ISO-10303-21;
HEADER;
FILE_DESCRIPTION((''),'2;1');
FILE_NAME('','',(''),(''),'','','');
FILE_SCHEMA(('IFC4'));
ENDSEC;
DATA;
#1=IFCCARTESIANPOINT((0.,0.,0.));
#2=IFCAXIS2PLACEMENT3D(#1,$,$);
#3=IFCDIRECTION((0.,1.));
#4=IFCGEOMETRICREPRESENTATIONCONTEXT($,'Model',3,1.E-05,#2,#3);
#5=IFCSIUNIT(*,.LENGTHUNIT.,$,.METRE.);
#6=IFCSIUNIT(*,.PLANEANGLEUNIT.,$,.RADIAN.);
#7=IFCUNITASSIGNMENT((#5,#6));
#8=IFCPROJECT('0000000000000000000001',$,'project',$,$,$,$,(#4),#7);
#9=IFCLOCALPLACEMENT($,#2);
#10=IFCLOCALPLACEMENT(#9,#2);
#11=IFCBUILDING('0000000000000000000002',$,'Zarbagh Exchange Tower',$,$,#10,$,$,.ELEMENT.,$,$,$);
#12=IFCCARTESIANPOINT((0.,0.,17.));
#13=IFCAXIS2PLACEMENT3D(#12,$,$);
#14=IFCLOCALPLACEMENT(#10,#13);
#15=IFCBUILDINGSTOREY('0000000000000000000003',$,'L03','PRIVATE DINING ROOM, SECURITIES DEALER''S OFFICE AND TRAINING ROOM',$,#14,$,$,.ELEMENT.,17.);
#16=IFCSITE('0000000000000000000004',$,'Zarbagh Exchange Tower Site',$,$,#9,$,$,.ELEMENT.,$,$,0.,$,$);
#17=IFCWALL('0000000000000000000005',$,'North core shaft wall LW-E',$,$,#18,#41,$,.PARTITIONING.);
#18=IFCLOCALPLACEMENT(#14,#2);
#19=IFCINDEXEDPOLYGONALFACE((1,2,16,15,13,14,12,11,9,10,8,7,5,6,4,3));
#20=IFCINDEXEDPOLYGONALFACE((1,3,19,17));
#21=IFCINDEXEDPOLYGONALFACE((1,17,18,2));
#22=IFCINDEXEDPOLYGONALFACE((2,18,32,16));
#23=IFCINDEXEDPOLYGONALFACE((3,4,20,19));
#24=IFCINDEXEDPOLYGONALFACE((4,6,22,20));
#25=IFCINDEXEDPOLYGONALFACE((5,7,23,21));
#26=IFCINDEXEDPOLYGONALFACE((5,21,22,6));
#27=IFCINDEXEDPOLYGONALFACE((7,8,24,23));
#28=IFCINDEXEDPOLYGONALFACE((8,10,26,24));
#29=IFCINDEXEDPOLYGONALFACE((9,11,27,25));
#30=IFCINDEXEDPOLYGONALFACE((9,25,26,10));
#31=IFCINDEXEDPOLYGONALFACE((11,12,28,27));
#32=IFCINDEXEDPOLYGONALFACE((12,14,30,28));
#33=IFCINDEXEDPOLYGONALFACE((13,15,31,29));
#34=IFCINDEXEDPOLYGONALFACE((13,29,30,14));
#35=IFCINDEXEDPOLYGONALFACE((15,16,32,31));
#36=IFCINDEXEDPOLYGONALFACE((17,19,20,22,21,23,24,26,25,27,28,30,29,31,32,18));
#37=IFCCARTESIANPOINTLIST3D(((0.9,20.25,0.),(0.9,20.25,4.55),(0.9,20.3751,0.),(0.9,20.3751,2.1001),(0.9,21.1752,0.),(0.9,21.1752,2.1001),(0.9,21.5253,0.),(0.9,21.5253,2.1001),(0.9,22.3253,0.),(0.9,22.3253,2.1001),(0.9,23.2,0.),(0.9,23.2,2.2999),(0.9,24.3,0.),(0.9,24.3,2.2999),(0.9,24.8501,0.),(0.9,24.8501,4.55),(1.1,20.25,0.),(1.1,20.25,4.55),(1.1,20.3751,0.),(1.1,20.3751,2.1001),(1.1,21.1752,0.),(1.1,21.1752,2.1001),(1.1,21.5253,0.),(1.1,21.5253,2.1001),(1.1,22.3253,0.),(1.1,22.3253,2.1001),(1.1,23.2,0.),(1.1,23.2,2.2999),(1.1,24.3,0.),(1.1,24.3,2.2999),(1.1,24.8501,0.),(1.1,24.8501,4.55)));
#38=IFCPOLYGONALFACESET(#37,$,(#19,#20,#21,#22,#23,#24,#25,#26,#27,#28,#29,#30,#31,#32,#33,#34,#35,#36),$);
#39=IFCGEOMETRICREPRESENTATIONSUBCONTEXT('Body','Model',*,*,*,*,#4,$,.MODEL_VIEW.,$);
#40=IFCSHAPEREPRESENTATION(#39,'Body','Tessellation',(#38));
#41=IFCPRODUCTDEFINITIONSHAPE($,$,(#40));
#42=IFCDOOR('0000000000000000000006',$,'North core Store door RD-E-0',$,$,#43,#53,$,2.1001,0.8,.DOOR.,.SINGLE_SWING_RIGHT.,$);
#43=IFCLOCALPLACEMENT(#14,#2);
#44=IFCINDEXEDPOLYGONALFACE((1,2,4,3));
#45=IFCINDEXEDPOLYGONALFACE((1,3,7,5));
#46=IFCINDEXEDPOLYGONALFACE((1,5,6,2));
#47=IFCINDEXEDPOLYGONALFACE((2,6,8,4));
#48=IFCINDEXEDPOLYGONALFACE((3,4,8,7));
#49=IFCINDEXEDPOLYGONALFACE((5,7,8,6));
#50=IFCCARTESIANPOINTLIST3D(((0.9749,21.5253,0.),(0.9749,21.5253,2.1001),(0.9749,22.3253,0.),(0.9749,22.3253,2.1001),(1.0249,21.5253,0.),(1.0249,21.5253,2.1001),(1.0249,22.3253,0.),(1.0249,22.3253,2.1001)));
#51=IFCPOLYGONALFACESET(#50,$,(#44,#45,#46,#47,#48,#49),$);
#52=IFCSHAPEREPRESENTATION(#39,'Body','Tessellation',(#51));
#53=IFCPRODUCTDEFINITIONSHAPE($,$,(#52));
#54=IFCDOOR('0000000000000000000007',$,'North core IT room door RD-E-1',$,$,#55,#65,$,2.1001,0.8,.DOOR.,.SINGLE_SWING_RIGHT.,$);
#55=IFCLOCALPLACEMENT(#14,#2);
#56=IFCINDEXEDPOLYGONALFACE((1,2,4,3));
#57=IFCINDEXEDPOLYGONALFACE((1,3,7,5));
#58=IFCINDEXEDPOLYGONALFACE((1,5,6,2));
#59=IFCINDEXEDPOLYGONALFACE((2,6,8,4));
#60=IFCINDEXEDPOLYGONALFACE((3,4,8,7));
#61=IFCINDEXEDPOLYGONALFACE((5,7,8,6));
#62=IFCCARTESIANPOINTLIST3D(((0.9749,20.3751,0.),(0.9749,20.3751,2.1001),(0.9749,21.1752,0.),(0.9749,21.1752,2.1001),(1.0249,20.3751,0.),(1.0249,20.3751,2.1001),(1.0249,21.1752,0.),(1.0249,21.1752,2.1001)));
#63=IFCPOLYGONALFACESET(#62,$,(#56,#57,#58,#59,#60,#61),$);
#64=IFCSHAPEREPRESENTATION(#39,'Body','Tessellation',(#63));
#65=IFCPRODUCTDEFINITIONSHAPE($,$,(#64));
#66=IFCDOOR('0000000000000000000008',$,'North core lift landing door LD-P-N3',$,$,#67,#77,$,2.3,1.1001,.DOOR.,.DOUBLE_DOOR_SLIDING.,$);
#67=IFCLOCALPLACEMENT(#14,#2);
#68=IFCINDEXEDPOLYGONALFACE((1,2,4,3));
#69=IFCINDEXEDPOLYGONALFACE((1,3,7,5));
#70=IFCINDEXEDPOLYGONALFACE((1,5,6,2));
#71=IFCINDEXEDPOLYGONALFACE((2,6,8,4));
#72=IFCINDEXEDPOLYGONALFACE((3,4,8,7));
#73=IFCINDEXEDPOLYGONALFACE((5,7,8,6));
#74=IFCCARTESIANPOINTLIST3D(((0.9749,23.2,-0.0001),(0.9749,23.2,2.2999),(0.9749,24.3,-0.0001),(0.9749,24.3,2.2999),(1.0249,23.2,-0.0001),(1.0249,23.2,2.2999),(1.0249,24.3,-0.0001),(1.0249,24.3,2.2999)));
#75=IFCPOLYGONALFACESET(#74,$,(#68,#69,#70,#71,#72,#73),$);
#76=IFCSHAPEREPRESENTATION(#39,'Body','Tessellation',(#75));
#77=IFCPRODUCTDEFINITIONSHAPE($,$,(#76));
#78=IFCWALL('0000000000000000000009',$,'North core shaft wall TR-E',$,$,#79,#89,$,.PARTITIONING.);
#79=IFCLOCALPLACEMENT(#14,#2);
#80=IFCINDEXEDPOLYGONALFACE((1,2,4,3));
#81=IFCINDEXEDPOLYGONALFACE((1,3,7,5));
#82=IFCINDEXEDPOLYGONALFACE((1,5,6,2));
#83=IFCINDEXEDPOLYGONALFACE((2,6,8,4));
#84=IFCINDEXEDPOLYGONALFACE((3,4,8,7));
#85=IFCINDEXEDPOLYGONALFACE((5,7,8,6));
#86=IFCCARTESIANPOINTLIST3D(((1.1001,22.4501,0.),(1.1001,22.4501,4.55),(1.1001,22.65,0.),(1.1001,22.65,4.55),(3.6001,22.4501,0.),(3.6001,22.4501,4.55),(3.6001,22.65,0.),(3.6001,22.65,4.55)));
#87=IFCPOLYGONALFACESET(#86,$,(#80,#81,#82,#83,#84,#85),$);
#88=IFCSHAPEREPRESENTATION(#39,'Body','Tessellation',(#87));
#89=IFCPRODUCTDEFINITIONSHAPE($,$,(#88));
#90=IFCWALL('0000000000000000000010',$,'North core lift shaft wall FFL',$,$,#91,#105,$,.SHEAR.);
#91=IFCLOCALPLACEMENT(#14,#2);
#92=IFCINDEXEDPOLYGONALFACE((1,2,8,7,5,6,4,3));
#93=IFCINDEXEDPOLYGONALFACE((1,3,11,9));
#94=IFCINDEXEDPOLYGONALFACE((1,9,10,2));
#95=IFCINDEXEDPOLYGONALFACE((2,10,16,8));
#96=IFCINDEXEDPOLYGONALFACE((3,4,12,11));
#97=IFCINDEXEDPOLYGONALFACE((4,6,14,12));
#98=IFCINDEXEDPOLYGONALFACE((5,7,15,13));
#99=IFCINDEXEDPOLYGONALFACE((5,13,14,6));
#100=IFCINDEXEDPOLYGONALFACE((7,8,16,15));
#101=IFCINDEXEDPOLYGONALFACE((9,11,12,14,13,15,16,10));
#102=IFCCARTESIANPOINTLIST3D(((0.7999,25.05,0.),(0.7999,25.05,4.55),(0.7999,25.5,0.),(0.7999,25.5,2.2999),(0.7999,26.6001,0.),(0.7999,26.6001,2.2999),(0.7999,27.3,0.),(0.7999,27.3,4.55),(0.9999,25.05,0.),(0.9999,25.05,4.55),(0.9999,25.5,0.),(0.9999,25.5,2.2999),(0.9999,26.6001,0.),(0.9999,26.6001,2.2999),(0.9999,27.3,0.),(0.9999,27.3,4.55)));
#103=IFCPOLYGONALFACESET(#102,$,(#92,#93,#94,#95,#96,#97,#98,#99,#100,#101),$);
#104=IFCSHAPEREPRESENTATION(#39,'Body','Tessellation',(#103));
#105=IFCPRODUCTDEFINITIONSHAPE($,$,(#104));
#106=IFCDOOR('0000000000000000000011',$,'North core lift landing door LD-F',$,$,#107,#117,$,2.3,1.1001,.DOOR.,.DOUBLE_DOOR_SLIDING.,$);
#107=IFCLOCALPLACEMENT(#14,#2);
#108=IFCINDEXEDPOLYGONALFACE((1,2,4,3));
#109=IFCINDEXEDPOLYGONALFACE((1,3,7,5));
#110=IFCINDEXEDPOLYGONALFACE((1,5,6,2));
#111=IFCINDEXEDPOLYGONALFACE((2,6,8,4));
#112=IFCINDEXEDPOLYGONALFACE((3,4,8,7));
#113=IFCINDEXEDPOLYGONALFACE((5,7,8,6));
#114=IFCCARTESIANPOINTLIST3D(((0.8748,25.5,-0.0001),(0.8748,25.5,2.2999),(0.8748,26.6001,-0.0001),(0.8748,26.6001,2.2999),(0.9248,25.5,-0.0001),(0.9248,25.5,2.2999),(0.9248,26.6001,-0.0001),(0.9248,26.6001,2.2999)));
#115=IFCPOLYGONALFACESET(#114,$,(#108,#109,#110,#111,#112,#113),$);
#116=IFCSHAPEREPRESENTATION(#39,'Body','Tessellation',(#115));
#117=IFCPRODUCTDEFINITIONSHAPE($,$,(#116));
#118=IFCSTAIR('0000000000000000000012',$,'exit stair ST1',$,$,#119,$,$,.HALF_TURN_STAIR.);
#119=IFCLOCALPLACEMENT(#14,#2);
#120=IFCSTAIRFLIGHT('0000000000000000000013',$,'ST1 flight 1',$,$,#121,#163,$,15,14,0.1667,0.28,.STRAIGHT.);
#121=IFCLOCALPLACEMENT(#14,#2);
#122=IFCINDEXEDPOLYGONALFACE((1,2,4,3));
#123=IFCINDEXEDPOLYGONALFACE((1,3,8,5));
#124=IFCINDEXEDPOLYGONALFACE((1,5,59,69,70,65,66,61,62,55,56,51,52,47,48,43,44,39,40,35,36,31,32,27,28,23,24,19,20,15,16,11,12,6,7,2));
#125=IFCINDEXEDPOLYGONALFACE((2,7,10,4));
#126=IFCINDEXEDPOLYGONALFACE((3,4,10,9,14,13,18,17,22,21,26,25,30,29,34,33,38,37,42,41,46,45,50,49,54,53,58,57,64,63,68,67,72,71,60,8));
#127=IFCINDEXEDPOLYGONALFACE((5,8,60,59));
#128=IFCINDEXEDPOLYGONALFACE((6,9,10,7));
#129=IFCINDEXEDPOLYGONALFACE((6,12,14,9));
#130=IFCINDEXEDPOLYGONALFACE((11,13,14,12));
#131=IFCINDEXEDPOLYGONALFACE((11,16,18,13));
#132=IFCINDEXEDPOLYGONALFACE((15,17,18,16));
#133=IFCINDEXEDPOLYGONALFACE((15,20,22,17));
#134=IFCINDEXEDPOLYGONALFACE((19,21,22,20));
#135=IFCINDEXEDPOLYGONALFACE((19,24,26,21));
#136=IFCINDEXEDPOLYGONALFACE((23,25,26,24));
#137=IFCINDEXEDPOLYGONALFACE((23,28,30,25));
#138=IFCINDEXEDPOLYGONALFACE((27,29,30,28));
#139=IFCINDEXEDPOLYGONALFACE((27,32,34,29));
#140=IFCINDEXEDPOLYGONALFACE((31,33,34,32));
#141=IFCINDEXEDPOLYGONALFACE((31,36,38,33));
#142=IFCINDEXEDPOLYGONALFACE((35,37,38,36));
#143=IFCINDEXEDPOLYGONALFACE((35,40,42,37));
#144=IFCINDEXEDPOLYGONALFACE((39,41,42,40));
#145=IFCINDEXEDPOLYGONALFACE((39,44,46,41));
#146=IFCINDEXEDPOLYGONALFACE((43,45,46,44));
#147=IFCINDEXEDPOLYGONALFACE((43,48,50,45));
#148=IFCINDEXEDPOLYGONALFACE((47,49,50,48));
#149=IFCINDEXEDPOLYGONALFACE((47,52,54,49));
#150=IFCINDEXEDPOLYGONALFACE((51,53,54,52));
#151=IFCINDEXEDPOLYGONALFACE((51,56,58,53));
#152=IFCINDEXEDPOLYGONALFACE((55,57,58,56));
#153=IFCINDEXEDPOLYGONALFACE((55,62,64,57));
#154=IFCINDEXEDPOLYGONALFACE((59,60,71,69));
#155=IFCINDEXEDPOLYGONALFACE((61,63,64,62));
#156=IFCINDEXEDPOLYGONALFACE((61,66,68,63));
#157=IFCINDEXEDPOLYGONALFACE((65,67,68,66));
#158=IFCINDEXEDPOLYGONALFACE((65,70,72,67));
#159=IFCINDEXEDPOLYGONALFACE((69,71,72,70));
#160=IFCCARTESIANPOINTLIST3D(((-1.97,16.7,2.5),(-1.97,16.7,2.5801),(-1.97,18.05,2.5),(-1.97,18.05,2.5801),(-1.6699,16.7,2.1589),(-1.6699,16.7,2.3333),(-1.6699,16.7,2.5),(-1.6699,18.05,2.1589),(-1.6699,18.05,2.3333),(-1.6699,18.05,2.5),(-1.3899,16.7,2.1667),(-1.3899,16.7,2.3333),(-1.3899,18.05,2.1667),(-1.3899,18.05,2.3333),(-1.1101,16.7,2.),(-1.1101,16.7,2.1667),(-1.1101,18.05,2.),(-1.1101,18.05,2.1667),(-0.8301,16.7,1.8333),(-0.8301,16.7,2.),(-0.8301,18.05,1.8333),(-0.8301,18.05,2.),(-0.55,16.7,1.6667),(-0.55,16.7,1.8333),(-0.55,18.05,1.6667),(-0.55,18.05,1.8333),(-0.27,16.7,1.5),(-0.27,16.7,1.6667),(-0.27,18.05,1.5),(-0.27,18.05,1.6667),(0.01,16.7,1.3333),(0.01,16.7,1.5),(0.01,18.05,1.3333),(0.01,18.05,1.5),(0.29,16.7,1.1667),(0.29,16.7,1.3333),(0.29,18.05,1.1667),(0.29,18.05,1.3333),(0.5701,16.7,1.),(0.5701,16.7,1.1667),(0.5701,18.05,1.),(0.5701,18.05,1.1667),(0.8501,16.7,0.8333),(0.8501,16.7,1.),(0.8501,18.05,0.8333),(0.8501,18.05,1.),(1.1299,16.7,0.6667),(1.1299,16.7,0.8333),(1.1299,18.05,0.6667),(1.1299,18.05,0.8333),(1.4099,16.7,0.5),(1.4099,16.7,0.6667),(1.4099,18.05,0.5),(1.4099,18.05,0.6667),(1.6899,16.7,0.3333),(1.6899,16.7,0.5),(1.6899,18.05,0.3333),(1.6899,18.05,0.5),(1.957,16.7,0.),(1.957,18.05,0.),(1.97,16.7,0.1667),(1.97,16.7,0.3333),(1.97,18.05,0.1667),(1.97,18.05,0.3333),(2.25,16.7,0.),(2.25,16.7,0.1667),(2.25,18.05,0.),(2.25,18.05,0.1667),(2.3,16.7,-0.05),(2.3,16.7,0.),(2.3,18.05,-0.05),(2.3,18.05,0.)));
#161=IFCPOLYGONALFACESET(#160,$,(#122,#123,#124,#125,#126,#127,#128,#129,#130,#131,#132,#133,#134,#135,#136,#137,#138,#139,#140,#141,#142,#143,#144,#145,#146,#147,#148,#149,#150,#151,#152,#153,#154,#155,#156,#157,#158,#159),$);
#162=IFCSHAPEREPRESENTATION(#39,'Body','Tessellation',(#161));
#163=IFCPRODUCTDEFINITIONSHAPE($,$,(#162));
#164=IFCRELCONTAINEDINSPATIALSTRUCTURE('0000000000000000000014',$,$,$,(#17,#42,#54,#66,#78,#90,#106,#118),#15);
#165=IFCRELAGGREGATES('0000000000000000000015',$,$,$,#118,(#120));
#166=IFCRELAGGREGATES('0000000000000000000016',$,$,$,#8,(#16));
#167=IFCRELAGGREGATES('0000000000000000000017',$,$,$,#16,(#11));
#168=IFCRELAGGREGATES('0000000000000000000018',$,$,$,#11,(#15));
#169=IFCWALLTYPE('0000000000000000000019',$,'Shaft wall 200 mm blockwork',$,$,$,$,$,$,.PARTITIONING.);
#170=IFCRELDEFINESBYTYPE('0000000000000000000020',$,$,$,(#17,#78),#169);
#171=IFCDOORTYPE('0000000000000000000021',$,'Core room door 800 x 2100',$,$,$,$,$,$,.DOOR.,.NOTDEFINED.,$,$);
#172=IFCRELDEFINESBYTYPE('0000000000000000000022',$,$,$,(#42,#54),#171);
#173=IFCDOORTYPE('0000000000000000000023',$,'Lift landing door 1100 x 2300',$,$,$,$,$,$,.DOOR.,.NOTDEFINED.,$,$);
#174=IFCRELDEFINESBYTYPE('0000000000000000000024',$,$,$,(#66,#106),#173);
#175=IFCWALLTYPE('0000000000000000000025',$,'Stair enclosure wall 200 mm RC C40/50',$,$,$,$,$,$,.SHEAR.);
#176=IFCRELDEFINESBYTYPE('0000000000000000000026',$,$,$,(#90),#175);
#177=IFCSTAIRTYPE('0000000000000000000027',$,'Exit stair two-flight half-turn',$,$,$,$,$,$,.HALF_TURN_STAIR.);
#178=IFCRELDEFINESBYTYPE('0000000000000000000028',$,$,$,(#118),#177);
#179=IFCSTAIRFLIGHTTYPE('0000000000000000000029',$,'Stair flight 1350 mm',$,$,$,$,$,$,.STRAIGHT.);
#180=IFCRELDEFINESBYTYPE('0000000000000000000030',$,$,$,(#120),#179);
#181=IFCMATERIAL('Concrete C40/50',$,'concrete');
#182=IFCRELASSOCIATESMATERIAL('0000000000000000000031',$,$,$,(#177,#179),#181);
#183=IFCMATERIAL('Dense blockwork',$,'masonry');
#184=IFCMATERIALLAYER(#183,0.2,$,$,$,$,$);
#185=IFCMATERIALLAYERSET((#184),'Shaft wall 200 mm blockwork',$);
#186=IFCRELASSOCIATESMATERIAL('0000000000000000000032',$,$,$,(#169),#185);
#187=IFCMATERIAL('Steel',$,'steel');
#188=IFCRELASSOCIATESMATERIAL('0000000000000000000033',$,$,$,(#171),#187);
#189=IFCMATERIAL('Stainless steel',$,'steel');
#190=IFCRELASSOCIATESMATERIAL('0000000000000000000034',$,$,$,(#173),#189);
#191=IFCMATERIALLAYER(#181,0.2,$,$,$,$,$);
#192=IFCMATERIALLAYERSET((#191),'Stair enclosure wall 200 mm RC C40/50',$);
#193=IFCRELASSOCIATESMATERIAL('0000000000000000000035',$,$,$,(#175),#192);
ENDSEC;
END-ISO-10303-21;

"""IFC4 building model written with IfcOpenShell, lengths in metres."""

from ifc_helpers import new_model, si_unit, direction, frame, frame_2d, origin, place, context, subcontext, project, spatial, polyline, rectangle, outline, extrude, material, layer, layer_set, type_object, element, fill, aggregate, save


model = new_model("IFC4")

# Units and contexts
model_context = context("Model", 3, precision=1e-05, world=origin(), true_north=direction((0.0, 1.0)))
body_context = subcontext(model_context, "Body", "Model", "MODEL_VIEW")
ifc_project = project(units=[si_unit("LENGTHUNIT", "METRE"), si_unit("PLANEANGLEUNIT", "RADIAN")], contexts=[model_context])

# Site, building, storey
site_placement = place(None, origin())
site = spatial("IfcSite", under=ifc_project, at=site_placement, Name="Zarbagh Exchange Tower Site", CompositionType="ELEMENT", RefElevation=0.0)
building_placement = place(site_placement, origin())
building = spatial("IfcBuilding", under=site, at=building_placement, Name="Zarbagh Exchange Tower", CompositionType="ELEMENT")
storey_placement = place(building_placement, frame((0.0, 0.0, 17.0)))
storey = spatial("IfcBuildingStorey", under=building, at=storey_placement, Name="L03", Description="PRIVATE DINING ROOM, SECURITIES DEALER'S OFFICE AND TRAINING ROOM", CompositionType="ELEMENT", Elevation=17.0)

# Shared definitions
ifc_material_1 = material(Name="Concrete C40/50", Category="concrete")
stair_type = type_object("IfcStairType", Name="Exit stair two-flight half-turn", PredefinedType="HALF_TURN_STAIR", material=ifc_material_1)

# Shared definitions
ifc_material_2 = material(Name="Dense blockwork", Category="masonry")
ifc_layer_1 = layer(ifc_material_2, 0.2)
ifc_layer_set_1 = layer_set([ifc_layer_1], Name="Shaft wall 200 mm blockwork")
wall_type_1 = type_object("IfcWallType", Name="Shaft wall 200 mm blockwork", PredefinedType="PARTITIONING", material=ifc_layer_set_1)

# Wall, openings, doors
wall_1_placement = place(storey_placement, frame((1.0, 24.8501, 0.0), z_axis=(0.0, 0.0, 1.0), x_axis=(0.0, -1.0, 0.0)))
wall_1 = element("IfcWall", 1, at=wall_1_placement, inside=storey, type_object=wall_type_1, Name="North core shaft wall LW-E", PredefinedType="PARTITIONING", context=body_context, shape_type="SweptSolid", body=[
    extrude(rectangle(XDim=4.6001, YDim=0.2, at=frame_2d((2.3, 0.0))), origin(), (0.0, 0.0, 1.0), 4.55),
])
opening_1_placement = place(wall_1_placement, frame((0.55, 0.0, 0.0)))
opening_1 = element("IfcOpeningElement", 2, at=opening_1_placement, cuts=wall_1, PredefinedType="OPENING", context=body_context, shape_type="SweptSolid", body=[
    extrude(rectangle(XDim=1.1001, YDim=2.3, at=frame_2d((0.55, 1.1499))), frame((0.0, 0.1099, 0.0), z_axis=(0.0, -1.0, 0.0), x_axis=(1.0, 0.0, 0.0)), (0.0, 0.0, 1.0), 0.22),
])
opening_2_placement = place(wall_1_placement, frame((2.5249, 0.0, 0.0)))
opening_2 = element("IfcOpeningElement", 3, at=opening_2_placement, cuts=wall_1, PredefinedType="OPENING", context=body_context, shape_type="SweptSolid", body=[
    extrude(rectangle(XDim=0.8, YDim=2.1001, at=frame_2d((0.3999, 1.05))), frame((0.0, 0.1099, 0.0), z_axis=(0.0, -1.0, 0.0), x_axis=(1.0, 0.0, 0.0)), (0.0, 0.0, 1.0), 0.22),
])
opening_3_placement = place(wall_1_placement, frame((3.675, 0.0, 0.0)))
opening_3 = element("IfcOpeningElement", 4, at=opening_3_placement, cuts=wall_1, PredefinedType="OPENING", context=body_context, shape_type="SweptSolid", body=[
    extrude(rectangle(XDim=0.8, YDim=2.1001, at=frame_2d((0.3999, 1.05))), frame((0.0, 0.1099, 0.0), z_axis=(0.0, -1.0, 0.0), x_axis=(1.0, 0.0, 0.0)), (0.0, 0.0, 1.0), 0.22),
])
ifc_material_3 = material(Name="Steel", Category="steel")
door_type_1 = type_object("IfcDoorType", Name="Core room door 800 x 2100", OperationType="NOTDEFINED", PredefinedType="DOOR", material=ifc_material_3)
door_1_placement = place(opening_2_placement, origin())
door_1 = element("IfcDoor", 5, at=door_1_placement, inside=storey, type_object=door_type_1, Name="North core Store door RD-E-0", OperationType="SINGLE_SWING_RIGHT", OverallHeight=2.1001, OverallWidth=0.8, PredefinedType="DOOR", context=body_context, shape_type="SweptSolid", body=[
    extrude(rectangle(XDim=0.8, YDim=2.1001, at=frame_2d((0.3999, 1.05))), frame((0.0, 0.0249, 0.0), z_axis=(0.0, -1.0, 0.0), x_axis=(1.0, 0.0, 0.0)), (0.0, 0.0, 1.0), 0.05),
])
fill(opening_2, door_1)
door_2_placement = place(opening_3_placement, origin())
door_2 = element("IfcDoor", 6, at=door_2_placement, inside=storey, type_object=door_type_1, Name="North core IT room door RD-E-1", OperationType="SINGLE_SWING_RIGHT", OverallHeight=2.1001, OverallWidth=0.8, PredefinedType="DOOR", context=body_context, shape_type="SweptSolid", body=[
    extrude(rectangle(XDim=0.8, YDim=2.1001, at=frame_2d((0.3999, 1.05))), frame((0.0, 0.0249, 0.0), z_axis=(0.0, -1.0, 0.0), x_axis=(1.0, 0.0, 0.0)), (0.0, 0.0, 1.0), 0.05),
])
fill(opening_3, door_2)
ifc_material_4 = material(Name="Stainless steel", Category="steel")
door_type_2 = type_object("IfcDoorType", Name="Lift landing door 1100 x 2300", OperationType="NOTDEFINED", PredefinedType="DOOR", material=ifc_material_4)
door_3_placement = place(opening_1_placement, origin())
door_3 = element("IfcDoor", 7, at=door_3_placement, inside=storey, type_object=door_type_2, Name="North core lift landing door LD-P-N3", OperationType="DOUBLE_DOOR_SLIDING", OverallHeight=2.3, OverallWidth=1.1001, PredefinedType="DOOR", context=body_context, shape_type="SweptSolid", body=[
    extrude(rectangle(XDim=1.1001, YDim=2.3, at=frame_2d((0.55, 1.1499))), frame((0.0, 0.0249, 0.0), z_axis=(0.0, -1.0, 0.0), x_axis=(1.0, 0.0, 0.0)), (0.0, 0.0, 1.0), 0.05),
])
fill(opening_1, door_3)

# Wall
wall_2_placement = place(storey_placement, frame((1.1001, 22.55, 0.0), z_axis=(0.0, 0.0, 1.0), x_axis=(1.0, 0.0, 0.0)))
element("IfcWall", 8, at=wall_2_placement, inside=storey, type_object=wall_type_1, Name="North core shaft wall TR-E", PredefinedType="PARTITIONING", context=body_context, shape_type="SweptSolid", body=[
    extrude(rectangle(XDim=2.5, YDim=0.2, at=frame_2d((1.25, 0.0))), origin(), (0.0, 0.0, 1.0), 4.55),
])

# Wall, opening, door
ifc_layer_2 = layer(ifc_material_1, 0.2)
ifc_layer_set_2 = layer_set([ifc_layer_2], Name="Stair enclosure wall 200 mm RC C40/50")
wall_type_2 = type_object("IfcWallType", Name="Stair enclosure wall 200 mm RC C40/50", PredefinedType="SHEAR", material=ifc_layer_set_2)
wall_3_placement = place(storey_placement, frame((0.8999, 27.3, 0.0), z_axis=(0.0, 0.0, 1.0), x_axis=(0.0, -1.0, 0.0)))
wall_3 = element("IfcWall", 9, at=wall_3_placement, inside=storey, type_object=wall_type_2, Name="North core lift shaft wall FFL", PredefinedType="SHEAR", context=body_context, shape_type="SweptSolid", body=[
    extrude(rectangle(XDim=2.25, YDim=0.2, at=frame_2d((1.125, 0.0))), origin(), (0.0, 0.0, 1.0), 4.55),
])
opening_4_placement = place(wall_3_placement, frame((0.7, 0.0, 0.0)))
opening_4 = element("IfcOpeningElement", 10, at=opening_4_placement, cuts=wall_3, PredefinedType="OPENING", context=body_context, shape_type="SweptSolid", body=[
    extrude(rectangle(XDim=1.1001, YDim=2.3, at=frame_2d((0.55, 1.1499))), frame((0.0, 0.1099, 0.0), z_axis=(0.0, -1.0, 0.0), x_axis=(1.0, 0.0, 0.0)), (0.0, 0.0, 1.0), 0.22),
])
door_4_placement = place(opening_4_placement, origin())
door_4 = element("IfcDoor", 11, at=door_4_placement, inside=storey, type_object=door_type_2, Name="North core lift landing door LD-F", OperationType="DOUBLE_DOOR_SLIDING", OverallHeight=2.3, OverallWidth=1.1001, PredefinedType="DOOR", context=body_context, shape_type="SweptSolid", body=[
    extrude(rectangle(XDim=1.1001, YDim=2.3, at=frame_2d((0.55, 1.1499))), frame((0.0, 0.0249, 0.0), z_axis=(0.0, -1.0, 0.0), x_axis=(1.0, 0.0, 0.0)), (0.0, 0.0, 1.0), 0.05),
])
fill(opening_4, door_4)

# Stair, stair flight
stair_1_placement = place(storey_placement, origin())
stair_1 = element("IfcStair", 12, at=stair_1_placement, inside=storey, type_object=stair_type, Name="exit stair ST1", PredefinedType="HALF_TURN_STAIR")
stair_flight_type = type_object("IfcStairFlightType", Name="Stair flight 1350 mm", PredefinedType="STRAIGHT", material=ifc_material_1)
stair_flight_1_placement = place(storey_placement, frame((2.25, 17.375, 0.0), z_axis=(0.0, 0.0, 1.0), x_axis=(-1.0, 0.0, 0.0)))
stair_flight_1 = element("IfcStairFlight", 13, at=stair_flight_1_placement, type_object=stair_flight_type, Name="ST1 flight 1", NumberOfRisers=15, NumberOfTreads=14, PredefinedType="STRAIGHT", RiserHeight=0.1667, TreadLength=0.28, context=body_context, shape_type="SweptSolid", body=[
    extrude(outline(polyline([(-0.05, -0.05), (-0.05, 0.0), (0.0, 0.0), (0.0, 0.1667), (0.28, 0.1667), (0.28, 0.3333), (0.5601, 0.3333), (0.5601, 0.5), (0.8401, 0.5), (0.8401, 0.6667), (1.1201, 0.6667), (1.1201, 0.8333), (1.3999, 0.8333), (1.3999, 1.0), (1.6799, 1.0), (1.6799, 1.1667), (1.96, 1.1667), (1.96, 1.3333), (2.24, 1.3333), (2.24, 1.5), (2.52, 1.5), (2.52, 1.6667), (2.8, 1.6667), (2.8, 1.8333), (3.0801, 1.8333), (3.0801, 2.0), (3.3601, 2.0), (3.3601, 2.1667), (3.6399, 2.1667), (3.6399, 2.3333), (3.9199, 2.3333), (3.9199, 2.5), (4.22, 2.5801), (4.22, 2.5), (3.9199, 2.1589), (0.293, 0.0), (-0.05, -0.05)])), frame((0.0, 0.675, 0.0), z_axis=(0.0, -1.0, 0.0), x_axis=(1.0, 0.0, 0.0)), (0.0, 0.0, 1.0), 1.3501),
])
aggregate(stair_1, [stair_flight_1])

save(model, "model.ifc")
